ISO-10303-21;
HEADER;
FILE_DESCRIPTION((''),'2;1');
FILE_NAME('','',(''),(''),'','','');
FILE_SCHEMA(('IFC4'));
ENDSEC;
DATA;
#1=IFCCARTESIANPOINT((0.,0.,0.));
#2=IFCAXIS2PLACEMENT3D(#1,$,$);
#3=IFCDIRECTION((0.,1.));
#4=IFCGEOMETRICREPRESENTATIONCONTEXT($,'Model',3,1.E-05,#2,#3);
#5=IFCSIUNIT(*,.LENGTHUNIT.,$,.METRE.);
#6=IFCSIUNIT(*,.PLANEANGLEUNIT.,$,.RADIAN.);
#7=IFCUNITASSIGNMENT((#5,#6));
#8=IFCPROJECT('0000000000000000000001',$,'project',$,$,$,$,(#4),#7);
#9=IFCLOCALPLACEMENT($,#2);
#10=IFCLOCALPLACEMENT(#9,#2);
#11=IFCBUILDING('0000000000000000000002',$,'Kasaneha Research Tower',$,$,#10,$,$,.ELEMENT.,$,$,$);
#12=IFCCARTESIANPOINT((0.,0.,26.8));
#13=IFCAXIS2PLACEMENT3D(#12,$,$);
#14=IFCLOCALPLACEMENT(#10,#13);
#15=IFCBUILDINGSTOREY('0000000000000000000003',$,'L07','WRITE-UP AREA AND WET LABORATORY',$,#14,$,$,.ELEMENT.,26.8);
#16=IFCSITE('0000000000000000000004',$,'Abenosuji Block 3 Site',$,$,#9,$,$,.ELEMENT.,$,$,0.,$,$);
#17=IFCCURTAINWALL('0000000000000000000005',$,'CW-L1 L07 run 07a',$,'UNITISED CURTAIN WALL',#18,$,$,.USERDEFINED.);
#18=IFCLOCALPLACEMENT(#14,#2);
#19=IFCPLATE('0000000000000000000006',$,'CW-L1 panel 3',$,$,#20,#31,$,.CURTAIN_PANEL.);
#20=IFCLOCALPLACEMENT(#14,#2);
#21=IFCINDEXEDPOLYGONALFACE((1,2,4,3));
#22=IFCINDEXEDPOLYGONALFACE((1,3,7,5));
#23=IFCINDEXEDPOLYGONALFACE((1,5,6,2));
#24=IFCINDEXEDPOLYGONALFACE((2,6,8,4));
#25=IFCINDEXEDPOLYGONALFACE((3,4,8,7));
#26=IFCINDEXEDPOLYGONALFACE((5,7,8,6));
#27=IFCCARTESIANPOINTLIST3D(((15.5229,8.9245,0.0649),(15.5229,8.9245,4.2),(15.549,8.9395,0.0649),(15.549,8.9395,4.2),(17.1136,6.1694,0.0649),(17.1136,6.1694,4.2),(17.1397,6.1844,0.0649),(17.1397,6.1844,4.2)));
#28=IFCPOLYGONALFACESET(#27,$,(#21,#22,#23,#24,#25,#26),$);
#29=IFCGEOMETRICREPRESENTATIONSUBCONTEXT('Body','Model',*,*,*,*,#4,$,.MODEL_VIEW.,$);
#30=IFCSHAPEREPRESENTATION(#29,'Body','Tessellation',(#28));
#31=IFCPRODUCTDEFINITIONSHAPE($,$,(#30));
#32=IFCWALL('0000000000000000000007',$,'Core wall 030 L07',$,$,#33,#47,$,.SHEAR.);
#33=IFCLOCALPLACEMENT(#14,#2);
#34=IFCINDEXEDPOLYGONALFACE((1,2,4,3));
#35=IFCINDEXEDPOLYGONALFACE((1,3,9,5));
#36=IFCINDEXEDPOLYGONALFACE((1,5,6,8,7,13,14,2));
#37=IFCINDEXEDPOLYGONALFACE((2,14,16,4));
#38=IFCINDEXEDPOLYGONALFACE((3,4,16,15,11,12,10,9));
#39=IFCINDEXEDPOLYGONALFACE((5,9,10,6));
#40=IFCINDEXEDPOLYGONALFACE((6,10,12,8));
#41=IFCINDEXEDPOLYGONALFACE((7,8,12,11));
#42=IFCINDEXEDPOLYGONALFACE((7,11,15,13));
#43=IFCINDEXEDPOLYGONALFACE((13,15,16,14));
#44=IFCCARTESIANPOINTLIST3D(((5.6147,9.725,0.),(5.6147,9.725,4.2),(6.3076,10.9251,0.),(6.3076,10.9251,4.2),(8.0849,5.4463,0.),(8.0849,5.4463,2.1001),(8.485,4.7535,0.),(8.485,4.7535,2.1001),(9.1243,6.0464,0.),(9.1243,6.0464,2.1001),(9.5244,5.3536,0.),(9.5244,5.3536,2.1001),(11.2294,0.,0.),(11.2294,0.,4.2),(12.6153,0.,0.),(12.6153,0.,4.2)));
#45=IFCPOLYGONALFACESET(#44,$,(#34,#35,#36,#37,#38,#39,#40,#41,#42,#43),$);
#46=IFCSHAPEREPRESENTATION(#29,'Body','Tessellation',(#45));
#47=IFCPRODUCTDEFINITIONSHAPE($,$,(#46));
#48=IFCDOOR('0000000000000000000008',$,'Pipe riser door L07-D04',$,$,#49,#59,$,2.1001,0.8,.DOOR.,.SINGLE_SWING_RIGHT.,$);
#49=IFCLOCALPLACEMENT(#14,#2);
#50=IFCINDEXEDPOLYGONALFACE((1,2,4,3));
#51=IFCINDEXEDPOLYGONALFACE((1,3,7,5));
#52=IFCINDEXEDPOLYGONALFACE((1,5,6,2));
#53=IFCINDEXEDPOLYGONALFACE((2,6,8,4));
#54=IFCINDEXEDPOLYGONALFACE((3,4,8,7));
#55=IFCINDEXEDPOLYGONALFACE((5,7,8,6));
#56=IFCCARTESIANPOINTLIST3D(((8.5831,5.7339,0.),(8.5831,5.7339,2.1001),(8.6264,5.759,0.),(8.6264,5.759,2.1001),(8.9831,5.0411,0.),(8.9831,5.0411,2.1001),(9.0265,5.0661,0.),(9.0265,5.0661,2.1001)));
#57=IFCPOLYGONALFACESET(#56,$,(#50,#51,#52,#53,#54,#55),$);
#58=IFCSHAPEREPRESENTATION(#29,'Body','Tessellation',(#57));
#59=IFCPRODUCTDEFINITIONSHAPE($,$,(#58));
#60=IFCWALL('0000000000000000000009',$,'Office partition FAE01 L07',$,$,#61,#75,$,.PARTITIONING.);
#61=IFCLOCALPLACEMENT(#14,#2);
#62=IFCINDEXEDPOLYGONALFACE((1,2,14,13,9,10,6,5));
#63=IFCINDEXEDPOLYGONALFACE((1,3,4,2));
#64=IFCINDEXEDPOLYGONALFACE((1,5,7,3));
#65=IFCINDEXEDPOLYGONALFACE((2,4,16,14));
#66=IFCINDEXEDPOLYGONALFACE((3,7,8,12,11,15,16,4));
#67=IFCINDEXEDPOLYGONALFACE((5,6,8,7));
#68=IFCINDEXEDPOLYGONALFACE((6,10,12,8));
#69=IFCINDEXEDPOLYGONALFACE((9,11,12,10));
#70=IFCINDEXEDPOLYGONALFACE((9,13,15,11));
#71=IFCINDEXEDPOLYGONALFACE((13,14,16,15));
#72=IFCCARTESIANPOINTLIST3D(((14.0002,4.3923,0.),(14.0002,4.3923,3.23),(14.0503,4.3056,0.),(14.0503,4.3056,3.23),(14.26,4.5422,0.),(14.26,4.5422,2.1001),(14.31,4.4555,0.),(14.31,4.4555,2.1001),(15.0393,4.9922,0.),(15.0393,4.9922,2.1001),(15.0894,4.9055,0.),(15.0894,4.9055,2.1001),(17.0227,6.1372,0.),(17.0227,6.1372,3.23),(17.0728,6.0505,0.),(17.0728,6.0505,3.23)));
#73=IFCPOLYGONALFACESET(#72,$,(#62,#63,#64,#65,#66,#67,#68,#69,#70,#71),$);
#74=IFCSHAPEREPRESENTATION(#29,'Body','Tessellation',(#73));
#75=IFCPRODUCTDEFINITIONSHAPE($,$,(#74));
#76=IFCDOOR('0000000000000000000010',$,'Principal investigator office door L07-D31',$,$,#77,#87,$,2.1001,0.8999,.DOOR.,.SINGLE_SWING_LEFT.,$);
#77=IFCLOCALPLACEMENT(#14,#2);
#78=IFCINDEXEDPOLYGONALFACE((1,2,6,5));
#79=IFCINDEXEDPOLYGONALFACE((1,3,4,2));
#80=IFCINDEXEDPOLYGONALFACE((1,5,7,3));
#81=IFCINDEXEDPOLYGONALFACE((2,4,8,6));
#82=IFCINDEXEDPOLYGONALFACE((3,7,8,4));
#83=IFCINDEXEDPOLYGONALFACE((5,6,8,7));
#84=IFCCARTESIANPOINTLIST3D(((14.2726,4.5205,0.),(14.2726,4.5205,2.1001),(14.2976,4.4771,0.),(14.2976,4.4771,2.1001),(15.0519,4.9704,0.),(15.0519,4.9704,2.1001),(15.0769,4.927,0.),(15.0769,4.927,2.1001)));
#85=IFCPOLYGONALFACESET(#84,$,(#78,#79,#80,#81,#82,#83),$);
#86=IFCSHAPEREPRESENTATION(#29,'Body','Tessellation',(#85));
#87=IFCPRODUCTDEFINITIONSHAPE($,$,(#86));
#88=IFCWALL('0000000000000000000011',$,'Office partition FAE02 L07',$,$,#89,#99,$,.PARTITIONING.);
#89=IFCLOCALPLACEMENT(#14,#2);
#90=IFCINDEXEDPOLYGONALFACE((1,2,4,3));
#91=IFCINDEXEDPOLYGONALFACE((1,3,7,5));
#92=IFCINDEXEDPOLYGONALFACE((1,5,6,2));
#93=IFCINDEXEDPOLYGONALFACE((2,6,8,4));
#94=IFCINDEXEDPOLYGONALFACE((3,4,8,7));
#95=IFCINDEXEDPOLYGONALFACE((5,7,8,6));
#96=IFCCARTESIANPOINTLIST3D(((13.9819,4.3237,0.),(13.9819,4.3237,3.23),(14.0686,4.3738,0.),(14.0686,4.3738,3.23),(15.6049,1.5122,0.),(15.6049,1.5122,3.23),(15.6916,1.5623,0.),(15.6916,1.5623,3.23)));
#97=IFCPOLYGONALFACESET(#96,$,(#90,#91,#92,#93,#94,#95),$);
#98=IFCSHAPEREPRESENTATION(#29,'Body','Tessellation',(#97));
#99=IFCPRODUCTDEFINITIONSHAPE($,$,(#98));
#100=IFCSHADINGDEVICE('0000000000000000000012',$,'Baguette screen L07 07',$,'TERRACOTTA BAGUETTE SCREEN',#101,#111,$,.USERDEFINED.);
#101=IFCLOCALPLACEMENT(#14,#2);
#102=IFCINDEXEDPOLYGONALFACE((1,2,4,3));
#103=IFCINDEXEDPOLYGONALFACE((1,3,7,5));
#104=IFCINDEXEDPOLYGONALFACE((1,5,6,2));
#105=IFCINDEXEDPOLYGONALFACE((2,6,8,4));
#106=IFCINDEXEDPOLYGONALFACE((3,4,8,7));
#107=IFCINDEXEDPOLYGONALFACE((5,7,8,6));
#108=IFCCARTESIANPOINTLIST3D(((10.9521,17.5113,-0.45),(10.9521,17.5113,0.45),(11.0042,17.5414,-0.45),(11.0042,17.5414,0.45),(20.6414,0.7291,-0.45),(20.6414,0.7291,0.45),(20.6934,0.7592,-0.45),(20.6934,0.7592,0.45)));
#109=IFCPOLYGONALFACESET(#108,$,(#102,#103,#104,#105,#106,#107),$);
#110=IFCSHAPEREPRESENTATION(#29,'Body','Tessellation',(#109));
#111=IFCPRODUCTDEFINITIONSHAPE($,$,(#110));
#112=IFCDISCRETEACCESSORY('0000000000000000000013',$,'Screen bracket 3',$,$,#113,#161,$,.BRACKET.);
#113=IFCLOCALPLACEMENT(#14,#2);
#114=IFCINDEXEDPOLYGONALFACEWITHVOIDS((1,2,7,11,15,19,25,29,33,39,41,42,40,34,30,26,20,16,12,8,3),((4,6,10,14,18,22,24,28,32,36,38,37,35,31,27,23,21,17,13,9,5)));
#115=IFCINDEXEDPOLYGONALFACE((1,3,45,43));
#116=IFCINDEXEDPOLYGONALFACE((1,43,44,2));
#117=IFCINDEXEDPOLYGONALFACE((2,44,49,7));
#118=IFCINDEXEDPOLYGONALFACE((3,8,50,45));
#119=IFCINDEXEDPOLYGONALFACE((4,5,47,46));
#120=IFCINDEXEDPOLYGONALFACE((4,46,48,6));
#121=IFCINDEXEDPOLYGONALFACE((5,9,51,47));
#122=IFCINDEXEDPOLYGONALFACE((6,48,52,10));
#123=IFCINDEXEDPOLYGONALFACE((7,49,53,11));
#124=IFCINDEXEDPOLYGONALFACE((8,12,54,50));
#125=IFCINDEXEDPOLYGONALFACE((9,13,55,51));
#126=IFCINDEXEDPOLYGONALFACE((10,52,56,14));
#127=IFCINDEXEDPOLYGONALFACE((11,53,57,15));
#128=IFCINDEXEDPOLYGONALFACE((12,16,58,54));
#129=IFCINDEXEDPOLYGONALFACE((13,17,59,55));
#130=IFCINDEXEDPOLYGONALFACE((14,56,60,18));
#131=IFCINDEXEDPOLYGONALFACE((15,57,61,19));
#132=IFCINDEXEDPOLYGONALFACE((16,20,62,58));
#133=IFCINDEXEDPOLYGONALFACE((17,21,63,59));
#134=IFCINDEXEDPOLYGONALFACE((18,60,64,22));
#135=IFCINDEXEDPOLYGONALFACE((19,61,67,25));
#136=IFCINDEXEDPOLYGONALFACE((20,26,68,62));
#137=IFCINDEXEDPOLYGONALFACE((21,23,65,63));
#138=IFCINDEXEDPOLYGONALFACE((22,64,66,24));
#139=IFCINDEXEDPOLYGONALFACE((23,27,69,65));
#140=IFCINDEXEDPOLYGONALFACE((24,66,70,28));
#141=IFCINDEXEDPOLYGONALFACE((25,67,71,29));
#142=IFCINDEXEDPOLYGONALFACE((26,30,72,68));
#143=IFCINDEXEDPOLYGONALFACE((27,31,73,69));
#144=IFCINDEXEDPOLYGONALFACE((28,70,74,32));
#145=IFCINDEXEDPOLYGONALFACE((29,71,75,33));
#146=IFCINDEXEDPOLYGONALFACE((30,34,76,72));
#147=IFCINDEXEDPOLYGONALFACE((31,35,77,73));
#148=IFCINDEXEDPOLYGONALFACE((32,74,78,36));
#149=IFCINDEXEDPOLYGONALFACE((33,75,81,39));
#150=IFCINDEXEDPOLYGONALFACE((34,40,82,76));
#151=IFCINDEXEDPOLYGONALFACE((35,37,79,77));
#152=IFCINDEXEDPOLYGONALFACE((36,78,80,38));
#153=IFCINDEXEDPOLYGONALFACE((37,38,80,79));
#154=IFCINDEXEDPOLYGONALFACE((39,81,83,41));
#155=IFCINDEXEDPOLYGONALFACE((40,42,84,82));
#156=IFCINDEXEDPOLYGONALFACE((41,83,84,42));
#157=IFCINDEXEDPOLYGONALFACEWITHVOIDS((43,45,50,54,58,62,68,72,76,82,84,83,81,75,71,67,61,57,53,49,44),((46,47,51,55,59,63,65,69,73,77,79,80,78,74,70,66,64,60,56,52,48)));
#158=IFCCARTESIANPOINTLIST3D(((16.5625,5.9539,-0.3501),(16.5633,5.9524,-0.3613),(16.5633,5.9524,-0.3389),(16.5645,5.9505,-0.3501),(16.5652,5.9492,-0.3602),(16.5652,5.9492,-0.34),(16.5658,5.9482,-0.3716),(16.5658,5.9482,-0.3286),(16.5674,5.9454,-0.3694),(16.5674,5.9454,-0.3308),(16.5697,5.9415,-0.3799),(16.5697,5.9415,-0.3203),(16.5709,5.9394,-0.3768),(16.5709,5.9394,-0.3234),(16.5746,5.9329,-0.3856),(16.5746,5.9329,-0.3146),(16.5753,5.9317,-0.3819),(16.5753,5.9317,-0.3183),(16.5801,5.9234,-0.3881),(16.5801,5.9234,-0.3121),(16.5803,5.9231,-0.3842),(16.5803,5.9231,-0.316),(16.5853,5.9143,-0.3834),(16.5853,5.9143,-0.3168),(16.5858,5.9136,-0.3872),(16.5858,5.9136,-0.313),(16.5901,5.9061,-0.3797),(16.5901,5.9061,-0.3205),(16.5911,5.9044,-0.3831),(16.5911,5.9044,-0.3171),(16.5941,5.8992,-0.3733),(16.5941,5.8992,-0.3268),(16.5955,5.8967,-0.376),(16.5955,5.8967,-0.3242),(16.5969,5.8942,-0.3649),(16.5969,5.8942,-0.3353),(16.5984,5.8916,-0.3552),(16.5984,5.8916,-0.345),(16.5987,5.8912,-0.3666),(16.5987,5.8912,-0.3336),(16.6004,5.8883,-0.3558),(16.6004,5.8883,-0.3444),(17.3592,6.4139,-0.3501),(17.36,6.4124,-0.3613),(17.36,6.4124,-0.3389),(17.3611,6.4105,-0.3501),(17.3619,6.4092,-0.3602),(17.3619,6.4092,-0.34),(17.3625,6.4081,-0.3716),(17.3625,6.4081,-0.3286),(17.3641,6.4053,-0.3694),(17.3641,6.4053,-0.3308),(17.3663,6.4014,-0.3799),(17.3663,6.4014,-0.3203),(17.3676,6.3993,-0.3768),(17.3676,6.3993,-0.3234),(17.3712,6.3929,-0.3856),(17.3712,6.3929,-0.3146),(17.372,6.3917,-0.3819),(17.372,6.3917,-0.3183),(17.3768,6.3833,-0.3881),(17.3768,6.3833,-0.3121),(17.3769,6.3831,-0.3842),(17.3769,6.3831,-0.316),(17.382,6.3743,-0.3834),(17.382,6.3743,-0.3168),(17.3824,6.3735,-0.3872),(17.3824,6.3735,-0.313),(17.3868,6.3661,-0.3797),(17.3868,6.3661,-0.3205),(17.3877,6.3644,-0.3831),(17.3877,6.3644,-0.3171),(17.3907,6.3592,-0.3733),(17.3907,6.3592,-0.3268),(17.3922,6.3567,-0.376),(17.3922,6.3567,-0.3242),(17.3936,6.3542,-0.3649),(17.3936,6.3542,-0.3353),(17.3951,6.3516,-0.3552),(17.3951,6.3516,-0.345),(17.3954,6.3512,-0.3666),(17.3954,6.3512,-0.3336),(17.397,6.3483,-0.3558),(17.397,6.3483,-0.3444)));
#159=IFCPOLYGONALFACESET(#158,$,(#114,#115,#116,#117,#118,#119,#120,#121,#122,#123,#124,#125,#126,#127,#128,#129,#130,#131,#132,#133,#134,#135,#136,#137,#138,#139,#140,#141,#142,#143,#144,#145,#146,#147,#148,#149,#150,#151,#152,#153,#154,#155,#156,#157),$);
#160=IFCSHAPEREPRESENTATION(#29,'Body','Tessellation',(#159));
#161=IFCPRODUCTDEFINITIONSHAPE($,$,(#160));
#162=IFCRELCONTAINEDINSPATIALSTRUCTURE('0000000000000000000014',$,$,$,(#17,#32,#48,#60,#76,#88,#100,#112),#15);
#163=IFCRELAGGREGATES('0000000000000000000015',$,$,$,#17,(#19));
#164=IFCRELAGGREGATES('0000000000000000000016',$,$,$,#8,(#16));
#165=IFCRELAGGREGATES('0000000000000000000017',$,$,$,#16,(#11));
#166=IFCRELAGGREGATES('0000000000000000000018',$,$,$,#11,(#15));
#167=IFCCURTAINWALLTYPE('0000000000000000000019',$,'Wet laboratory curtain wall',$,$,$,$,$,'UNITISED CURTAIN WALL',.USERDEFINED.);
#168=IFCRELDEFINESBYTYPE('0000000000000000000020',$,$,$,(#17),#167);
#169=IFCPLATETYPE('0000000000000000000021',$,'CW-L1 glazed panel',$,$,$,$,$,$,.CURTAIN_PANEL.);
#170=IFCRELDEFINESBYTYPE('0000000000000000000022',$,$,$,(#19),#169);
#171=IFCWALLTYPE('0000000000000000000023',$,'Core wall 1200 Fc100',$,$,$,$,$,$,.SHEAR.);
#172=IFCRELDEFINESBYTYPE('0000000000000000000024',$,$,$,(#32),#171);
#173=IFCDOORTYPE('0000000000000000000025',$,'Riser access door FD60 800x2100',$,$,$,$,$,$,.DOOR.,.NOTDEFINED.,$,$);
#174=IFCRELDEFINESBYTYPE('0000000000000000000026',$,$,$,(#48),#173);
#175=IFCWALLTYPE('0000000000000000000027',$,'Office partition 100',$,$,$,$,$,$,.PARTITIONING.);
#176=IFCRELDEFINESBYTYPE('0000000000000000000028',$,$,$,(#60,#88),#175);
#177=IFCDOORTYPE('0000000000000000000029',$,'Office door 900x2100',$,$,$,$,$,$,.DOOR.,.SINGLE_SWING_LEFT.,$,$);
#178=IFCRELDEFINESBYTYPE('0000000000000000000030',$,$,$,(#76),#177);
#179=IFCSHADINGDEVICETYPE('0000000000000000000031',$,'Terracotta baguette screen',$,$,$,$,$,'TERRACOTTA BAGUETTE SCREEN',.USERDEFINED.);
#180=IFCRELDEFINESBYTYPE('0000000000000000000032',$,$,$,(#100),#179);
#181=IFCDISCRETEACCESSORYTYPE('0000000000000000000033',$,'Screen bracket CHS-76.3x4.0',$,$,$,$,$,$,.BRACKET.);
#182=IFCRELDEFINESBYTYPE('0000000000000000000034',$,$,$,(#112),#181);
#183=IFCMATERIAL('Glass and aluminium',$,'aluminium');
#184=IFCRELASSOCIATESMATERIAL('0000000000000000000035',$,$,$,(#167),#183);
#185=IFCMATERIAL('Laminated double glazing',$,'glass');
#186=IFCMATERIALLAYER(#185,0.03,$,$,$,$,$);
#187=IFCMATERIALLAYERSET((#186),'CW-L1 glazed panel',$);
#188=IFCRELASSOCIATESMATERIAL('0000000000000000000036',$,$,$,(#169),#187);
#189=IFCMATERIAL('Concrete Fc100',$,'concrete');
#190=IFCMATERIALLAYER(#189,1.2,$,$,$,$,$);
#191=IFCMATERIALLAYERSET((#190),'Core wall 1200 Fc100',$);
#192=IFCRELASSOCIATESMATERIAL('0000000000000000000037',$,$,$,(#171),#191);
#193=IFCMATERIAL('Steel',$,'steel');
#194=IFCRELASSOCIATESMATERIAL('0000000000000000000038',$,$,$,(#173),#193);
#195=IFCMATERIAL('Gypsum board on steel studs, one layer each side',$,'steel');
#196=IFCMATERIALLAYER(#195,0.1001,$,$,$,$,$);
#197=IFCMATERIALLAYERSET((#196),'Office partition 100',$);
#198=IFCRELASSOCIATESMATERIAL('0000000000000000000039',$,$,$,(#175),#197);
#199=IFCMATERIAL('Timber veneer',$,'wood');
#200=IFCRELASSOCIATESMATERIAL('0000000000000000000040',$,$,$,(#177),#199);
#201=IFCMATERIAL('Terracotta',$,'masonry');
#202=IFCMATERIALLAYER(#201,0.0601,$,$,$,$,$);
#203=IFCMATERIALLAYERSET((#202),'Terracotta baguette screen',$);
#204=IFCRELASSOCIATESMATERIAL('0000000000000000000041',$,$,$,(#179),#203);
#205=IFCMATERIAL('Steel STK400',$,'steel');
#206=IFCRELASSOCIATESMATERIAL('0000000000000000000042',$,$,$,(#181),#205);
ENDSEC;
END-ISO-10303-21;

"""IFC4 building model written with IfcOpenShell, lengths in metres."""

from ifc_helpers import new_model, si_unit, direction, frame, frame_2d, origin, origin_2d, place, context, subcontext, project, spatial, polyline, rectangle, hollow_circle, outline, extrude, material, layer, layer_set, material_profile, profile_set, type_object, element, fill, aggregate, save


model = new_model("IFC4")

# Units and contexts
model_context = context("Model", 3, precision=1e-05, world=origin(), true_north=direction((0.0, 1.0)))
body_context = subcontext(model_context, "Body", "Model", "MODEL_VIEW")
ifc_project = project(units=[si_unit("LENGTHUNIT", "METRE"), si_unit("PLANEANGLEUNIT", "RADIAN")], contexts=[model_context])

# Site, building, storey
site_placement = place(None, origin())
site = spatial("IfcSite", under=ifc_project, at=site_placement, Name="Abenosuji Block 3 Site", CompositionType="ELEMENT", RefElevation=0.0)
building_placement = place(site_placement, origin())
building = spatial("IfcBuilding", under=site, at=building_placement, Name="Kasaneha Research Tower", CompositionType="ELEMENT")
storey_placement = place(building_placement, frame((0.0, 0.0, 26.8)))
storey = spatial("IfcBuildingStorey", under=building, at=storey_placement, Name="L07", Description="WRITE-UP AREA AND WET LABORATORY", CompositionType="ELEMENT", Elevation=26.8)

# Curtain wall
ifc_material_1 = material(Name="Glass and aluminium", Category="aluminium")
curtain_wall_type = type_object("IfcCurtainWallType", Name="Wet laboratory curtain wall", ElementType="UNITISED CURTAIN WALL", PredefinedType="USERDEFINED", material=ifc_material_1)
curtain_wall_placement = place(storey_placement, origin())
curtain_wall = element("IfcCurtainWall", 1, at=curtain_wall_placement, inside=storey, type_object=curtain_wall_type, Name="CW-L1 L07 run 07a", ObjectType="UNITISED CURTAIN WALL", PredefinedType="USERDEFINED")

# Plate
ifc_material_2 = material(Name="Laminated double glazing", Category="glass")
ifc_layer_1 = layer(ifc_material_2, 0.03)
ifc_layer_set_1 = layer_set([ifc_layer_1], Name="CW-L1 glazed panel")
plate_type = type_object("IfcPlateType", Name="CW-L1 glazed panel", PredefinedType="CURTAIN_PANEL", material=ifc_layer_set_1)
plate_placement = place(storey_placement, frame((16.3313, 7.5544, 0.0649), z_axis=(0.0, 0.0, 1.0), x_axis=(-0.5, 0.866025, 0.0)))
plate = element("IfcPlate", 2, at=plate_placement, type_object=plate_type, Name="CW-L1 panel 3", PredefinedType="CURTAIN_PANEL", context=body_context, shape_type="SweptSolid", body=[
    extrude(rectangle(XDim=3.1814, YDim=0.03, at=origin_2d()), origin(), (0.0, 0.0, 1.0), 4.135),
])
aggregate(curtain_wall, [plate])

# Walls, openings, doors
ifc_material_3 = material(Name="Concrete Fc100", Category="concrete")
ifc_layer_2 = layer(ifc_material_3, 1.2)
ifc_layer_set_2 = layer_set([ifc_layer_2], Name="Core wall 1200 Fc100")
wall_type_1 = type_object("IfcWallType", Name="Core wall 1200 Fc100", PredefinedType="SHEAR", material=ifc_layer_set_2)
wall_1_placement = place(storey_placement, frame((11.9224, 0.0, 0.0), z_axis=(0.0, 0.0, 1.0), x_axis=(-0.500004, 0.866023, 0.0)))
wall_1 = element("IfcWall", 3, at=wall_1_placement, inside=storey, type_object=wall_type_1, Name="Core wall 030 L07", PredefinedType="SHEAR", context=body_context, shape_type="SweptSolid", body=[
    extrude(outline(polyline([(-0.3464, -0.6001), (5.8354, -0.6001), (6.6355, -0.6001), (12.2688, -0.6001), (11.5759, 0.6001), (6.6355, 0.6001), (5.8354, 0.6001), (0.3464, 0.6001), (-0.3464, -0.6001)])), origin(), (0.0, 0.0, 1.0), 4.2),
])
opening_1_placement = place(wall_1_placement, frame((5.8354, 0.0, 0.0)))
opening_1 = element("IfcOpeningElement", 4, at=opening_1_placement, cuts=wall_1, PredefinedType="OPENING", context=body_context, shape_type="SweptSolid", body=[
    extrude(rectangle(XDim=0.8, YDim=2.1001, at=frame_2d((0.3999, 1.05))), frame((0.0, 0.6099, 0.0), z_axis=(0.0, -1.0, 0.0), x_axis=(1.0, 0.0, 0.0)), (0.0, 0.0, 1.0), 1.22),
])
ifc_material_4 = material(Name="Steel", Category="steel")
door_type_1 = type_object("IfcDoorType", Name="Riser access door FD60 800x2100", OperationType="NOTDEFINED", PredefinedType="DOOR", material=ifc_material_4)
door_1_placement = place(opening_1_placement, origin())
door_1 = element("IfcDoor", 5, at=door_1_placement, inside=storey, type_object=door_type_1, Name="Pipe riser door L07-D04", OperationType="SINGLE_SWING_RIGHT", OverallHeight=2.1001, OverallWidth=0.8, PredefinedType="DOOR", context=body_context, shape_type="SweptSolid", body=[
    extrude(rectangle(XDim=0.8, YDim=2.1001, at=frame_2d((0.3999, 1.05))), frame((0.0, 0.0249, 0.0), z_axis=(0.0, -1.0, 0.0), x_axis=(1.0, 0.0, 0.0)), (0.0, 0.0, 1.0), 0.05),
])
fill(opening_1, door_1)
ifc_material_5 = material(Name="Gypsum board on steel studs, one layer each side", Category="steel")
ifc_layer_3 = layer(ifc_material_5, 0.1001)
ifc_layer_set_3 = layer_set([ifc_layer_3], Name="Office partition 100")
wall_type_2 = type_object("IfcWallType", Name="Office partition 100", PredefinedType="PARTITIONING", material=ifc_layer_set_3)
wall_2_placement = place(storey_placement, frame((14.0251, 4.3489, 0.0), z_axis=(0.0, 0.0, 1.0), x_axis=(0.866043, 0.499969, 0.0)))
wall_2 = element("IfcWall", 6, at=wall_2_placement, inside=storey, type_object=wall_type_2, Name="Office partition FAE01 L07", PredefinedType="PARTITIONING", context=body_context, shape_type="SweptSolid", body=[
    extrude(rectangle(XDim=3.49, YDim=0.1001, at=frame_2d((1.7451, 0.0))), origin(), (0.0, 0.0, 1.0), 3.23),
])
opening_2_placement = place(wall_2_placement, frame((0.3, 0.0, 0.0)))
opening_2 = element("IfcOpeningElement", 7, at=opening_2_placement, cuts=wall_2, PredefinedType="OPENING", context=body_context, shape_type="SweptSolid", body=[
    extrude(rectangle(XDim=0.8999, YDim=2.1001, at=frame_2d((0.45, 1.05))), frame((0.0, 0.0601, 0.0), z_axis=(0.0, -1.0, 0.0), x_axis=(1.0, 0.0, 0.0)), (0.0, 0.0, 1.0), 0.1201),
])
ifc_material_6 = material(Name="Timber veneer", Category="wood")
door_type_2 = type_object("IfcDoorType", Name="Office door 900x2100", OperationType="SINGLE_SWING_LEFT", PredefinedType="DOOR", material=ifc_material_6)
door_2_placement = place(opening_2_placement, origin())
door_2 = element("IfcDoor", 8, at=door_2_placement, inside=storey, type_object=door_type_2, Name="Principal investigator office door L07-D31", OperationType="SINGLE_SWING_LEFT", OverallHeight=2.1001, OverallWidth=0.8999, PredefinedType="DOOR", context=body_context, shape_type="SweptSolid", body=[
    extrude(rectangle(XDim=0.8999, YDim=2.1001, at=frame_2d((0.45, 1.05))), frame((0.0, 0.0249, 0.0), z_axis=(0.0, -1.0, 0.0), x_axis=(1.0, 0.0, 0.0)), (0.0, 0.0, 1.0), 0.05),
])
fill(opening_2, door_2)

# Wall
wall_3_placement = place(storey_placement, frame((15.6482, 1.5374, 0.0), z_axis=(0.0, 0.0, 1.0), x_axis=(-0.499957, 0.86605, 0.0)))
element("IfcWall", 9, at=wall_3_placement, inside=storey, type_object=wall_type_2, Name="Office partition FAE02 L07", PredefinedType="PARTITIONING", context=body_context, shape_type="SweptSolid", body=[
    extrude(rectangle(XDim=3.2463, YDim=0.1001, at=frame_2d((1.623, 0.0))), origin(), (0.0, 0.0, 1.0), 3.23),
])

# Shading device
ifc_material_7 = material(Name="Terracotta", Category="masonry")
ifc_layer_4 = layer(ifc_material_7, 0.0601)
ifc_layer_set_4 = layer_set([ifc_layer_4], Name="Terracotta baguette screen")
shading_device_type = type_object("IfcShadingDeviceType", Name="Terracotta baguette screen", ElementType="TERRACOTTA BAGUETTE SCREEN", PredefinedType="USERDEFINED", material=ifc_layer_set_4)
shading_device_placement = place(storey_placement, frame((15.8228, 9.1353, -0.45), z_axis=(0.0, 0.0, 1.0), x_axis=(-0.5, 0.866025, 0.0)))
element("IfcShadingDevice", 10, at=shading_device_placement, inside=storey, type_object=shading_device_type, Name="Baguette screen L07 07", ObjectType="TERRACOTTA BAGUETTE SCREEN", PredefinedType="USERDEFINED", context=body_context, shape_type="SweptSolid", body=[
    extrude(rectangle(XDim=19.3784, YDim=0.0601, at=origin_2d()), origin(), (0.0, 0.0, 1.0), 0.8999),
])

# Discrete accessory
ifc_material_8 = material(Name="Steel STK400", Category="steel")
ifc_material_profile_1 = material_profile(ifc_material_8, hollow_circle(Radius=0.0381, WallThickness=0.0039, at=origin_2d()), Name="CHS-76.3x4.0")
ifc_profile_set_1 = profile_set([ifc_material_profile_1], Name="Steel STK400")
discrete_accessory_type = type_object("IfcDiscreteAccessoryType", Name="Screen bracket CHS-76.3x4.0", PredefinedType="BRACKET", material=ifc_profile_set_1)
for number, where, z_axis, x_axis, name in (
    (11, (16.5815, 5.9209, -0.3501), (0.866013, 0.500021, 0.0), (-0.500021, 0.866013, 0.0), "Screen bracket 3"),
):
    element("IfcDiscreteAccessory", number, at=place(storey_placement, frame(where, z_axis=z_axis, x_axis=x_axis)), inside=storey, type_object=discrete_accessory_type, Name=name, PredefinedType="BRACKET", context=body_context, shape_type="SweptSolid", body=[
        extrude(hollow_circle(Radius=0.0381, WallThickness=0.0039, at=origin_2d()), origin(), (0.0, 0.0, 1.0), 0.9199),
    ])

save(model, "model.ifc")
